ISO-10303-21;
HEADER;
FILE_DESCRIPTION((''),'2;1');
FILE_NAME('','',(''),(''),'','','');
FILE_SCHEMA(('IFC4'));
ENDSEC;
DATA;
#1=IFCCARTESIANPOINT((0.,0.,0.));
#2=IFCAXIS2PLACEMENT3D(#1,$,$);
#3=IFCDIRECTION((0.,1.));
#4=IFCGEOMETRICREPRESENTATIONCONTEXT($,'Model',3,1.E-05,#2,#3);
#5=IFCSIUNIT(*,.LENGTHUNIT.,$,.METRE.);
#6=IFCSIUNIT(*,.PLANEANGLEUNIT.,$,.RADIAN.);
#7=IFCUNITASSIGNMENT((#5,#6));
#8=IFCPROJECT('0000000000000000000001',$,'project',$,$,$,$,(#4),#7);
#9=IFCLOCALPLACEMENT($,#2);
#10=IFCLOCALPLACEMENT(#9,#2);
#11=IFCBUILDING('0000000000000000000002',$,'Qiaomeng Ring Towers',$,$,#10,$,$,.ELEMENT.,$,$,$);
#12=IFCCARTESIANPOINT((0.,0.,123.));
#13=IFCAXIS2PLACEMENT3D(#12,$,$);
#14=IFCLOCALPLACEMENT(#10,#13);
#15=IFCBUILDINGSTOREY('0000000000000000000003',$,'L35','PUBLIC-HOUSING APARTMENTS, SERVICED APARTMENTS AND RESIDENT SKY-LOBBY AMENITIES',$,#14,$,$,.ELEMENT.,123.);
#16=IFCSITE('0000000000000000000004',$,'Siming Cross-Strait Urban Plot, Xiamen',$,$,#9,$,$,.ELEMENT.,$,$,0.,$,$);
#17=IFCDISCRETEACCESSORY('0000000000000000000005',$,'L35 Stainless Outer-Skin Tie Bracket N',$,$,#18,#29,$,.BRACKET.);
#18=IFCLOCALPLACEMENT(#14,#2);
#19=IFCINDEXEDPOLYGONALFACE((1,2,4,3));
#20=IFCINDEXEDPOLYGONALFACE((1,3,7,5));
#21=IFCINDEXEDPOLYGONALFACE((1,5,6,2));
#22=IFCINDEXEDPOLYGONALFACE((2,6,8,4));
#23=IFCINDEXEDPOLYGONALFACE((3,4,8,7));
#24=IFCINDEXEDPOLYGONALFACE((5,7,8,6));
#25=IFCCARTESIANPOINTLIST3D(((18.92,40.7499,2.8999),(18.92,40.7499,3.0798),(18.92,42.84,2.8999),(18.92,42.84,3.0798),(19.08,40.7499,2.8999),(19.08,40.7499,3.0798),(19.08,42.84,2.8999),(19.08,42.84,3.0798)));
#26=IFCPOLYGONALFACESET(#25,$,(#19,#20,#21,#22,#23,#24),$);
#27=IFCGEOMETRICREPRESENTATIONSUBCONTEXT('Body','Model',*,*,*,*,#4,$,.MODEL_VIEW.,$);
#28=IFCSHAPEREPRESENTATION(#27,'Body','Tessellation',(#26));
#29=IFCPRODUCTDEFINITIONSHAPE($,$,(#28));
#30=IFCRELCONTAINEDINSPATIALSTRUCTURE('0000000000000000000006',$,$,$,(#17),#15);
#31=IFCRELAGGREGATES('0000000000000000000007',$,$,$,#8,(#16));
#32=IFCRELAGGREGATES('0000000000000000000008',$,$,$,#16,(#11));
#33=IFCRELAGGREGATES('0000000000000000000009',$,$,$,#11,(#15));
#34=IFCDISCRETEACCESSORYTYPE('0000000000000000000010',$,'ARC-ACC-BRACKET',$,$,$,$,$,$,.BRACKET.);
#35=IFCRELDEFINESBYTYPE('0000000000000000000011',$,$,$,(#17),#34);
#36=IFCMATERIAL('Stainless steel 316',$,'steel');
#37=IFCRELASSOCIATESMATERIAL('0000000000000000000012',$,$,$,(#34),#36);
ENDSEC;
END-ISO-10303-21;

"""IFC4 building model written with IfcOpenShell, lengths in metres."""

from ifc_helpers import new_model, si_unit, direction, frame, origin, origin_2d, place, context, subcontext, project, spatial, rectangle, extrude, source, transform, mapped, material, type_object, element, save


model = new_model("IFC4")

# Units and contexts
model_context = context("Model", 3, precision=1e-05, world=origin(), true_north=direction((0.0, 1.0)))
body_context = subcontext(model_context, "Body", "Model", "MODEL_VIEW")
ifc_project = project(units=[si_unit("LENGTHUNIT", "METRE"), si_unit("PLANEANGLEUNIT", "RADIAN")], contexts=[model_context])

# Site, building, storey
site_placement = place(None, origin())
site = spatial("IfcSite", under=ifc_project, at=site_placement, Name="Siming Cross-Strait Urban Plot, Xiamen", CompositionType="ELEMENT", RefElevation=0.0)
building_placement = place(site_placement, origin())
building = spatial("IfcBuilding", under=site, at=building_placement, Name="Qiaomeng Ring Towers", CompositionType="ELEMENT")
storey_placement = place(building_placement, frame((0.0, 0.0, 123.0)))
storey = spatial("IfcBuildingStorey", under=building, at=storey_placement, Name="L35", Description="PUBLIC-HOUSING APARTMENTS, SERVICED APARTMENTS AND RESIDENT SKY-LOBBY AMENITIES", CompositionType="ELEMENT", Elevation=123.0)

# Shared definitions
ifc_material_1 = material(Name="Stainless steel 316", Category="steel")

# Discrete accessory
discrete_accessory_type = type_object("IfcDiscreteAccessoryType", Name="ARC-ACC-BRACKET", PredefinedType="BRACKET", material=ifc_material_1)
shared_shape_1 = source(origin(), body_context, "Body", "SweptSolid", [
    extrude(rectangle(XDim=0.1599, YDim=2.0901, at=origin_2d()), origin(), (0.0, 0.0, 1.0), 0.1799),
])
discrete_accessory_placement = place(storey_placement, frame((19.0, 41.7949, 2.8999), z_axis=(0.0, 0.0, 1.0), x_axis=(1.0, 0.0, 0.0)))
element("IfcDiscreteAccessory", 1, at=discrete_accessory_placement, inside=storey, type_object=discrete_accessory_type, Name="L35 Stainless Outer-Skin Tie Bracket N", PredefinedType="BRACKET", context=body_context, shape_type="MappedRepresentation", body=[
    mapped(shared_shape_1, transform((0.0, 0.0, 0.0), x_axis=(1.0, 0.0, 0.0), y_axis=(0.0, 1.0, 0.0), z_axis=(0.0, 0.0, 1.0), scale=1.0)),
])

save(model, "model.ifc")
